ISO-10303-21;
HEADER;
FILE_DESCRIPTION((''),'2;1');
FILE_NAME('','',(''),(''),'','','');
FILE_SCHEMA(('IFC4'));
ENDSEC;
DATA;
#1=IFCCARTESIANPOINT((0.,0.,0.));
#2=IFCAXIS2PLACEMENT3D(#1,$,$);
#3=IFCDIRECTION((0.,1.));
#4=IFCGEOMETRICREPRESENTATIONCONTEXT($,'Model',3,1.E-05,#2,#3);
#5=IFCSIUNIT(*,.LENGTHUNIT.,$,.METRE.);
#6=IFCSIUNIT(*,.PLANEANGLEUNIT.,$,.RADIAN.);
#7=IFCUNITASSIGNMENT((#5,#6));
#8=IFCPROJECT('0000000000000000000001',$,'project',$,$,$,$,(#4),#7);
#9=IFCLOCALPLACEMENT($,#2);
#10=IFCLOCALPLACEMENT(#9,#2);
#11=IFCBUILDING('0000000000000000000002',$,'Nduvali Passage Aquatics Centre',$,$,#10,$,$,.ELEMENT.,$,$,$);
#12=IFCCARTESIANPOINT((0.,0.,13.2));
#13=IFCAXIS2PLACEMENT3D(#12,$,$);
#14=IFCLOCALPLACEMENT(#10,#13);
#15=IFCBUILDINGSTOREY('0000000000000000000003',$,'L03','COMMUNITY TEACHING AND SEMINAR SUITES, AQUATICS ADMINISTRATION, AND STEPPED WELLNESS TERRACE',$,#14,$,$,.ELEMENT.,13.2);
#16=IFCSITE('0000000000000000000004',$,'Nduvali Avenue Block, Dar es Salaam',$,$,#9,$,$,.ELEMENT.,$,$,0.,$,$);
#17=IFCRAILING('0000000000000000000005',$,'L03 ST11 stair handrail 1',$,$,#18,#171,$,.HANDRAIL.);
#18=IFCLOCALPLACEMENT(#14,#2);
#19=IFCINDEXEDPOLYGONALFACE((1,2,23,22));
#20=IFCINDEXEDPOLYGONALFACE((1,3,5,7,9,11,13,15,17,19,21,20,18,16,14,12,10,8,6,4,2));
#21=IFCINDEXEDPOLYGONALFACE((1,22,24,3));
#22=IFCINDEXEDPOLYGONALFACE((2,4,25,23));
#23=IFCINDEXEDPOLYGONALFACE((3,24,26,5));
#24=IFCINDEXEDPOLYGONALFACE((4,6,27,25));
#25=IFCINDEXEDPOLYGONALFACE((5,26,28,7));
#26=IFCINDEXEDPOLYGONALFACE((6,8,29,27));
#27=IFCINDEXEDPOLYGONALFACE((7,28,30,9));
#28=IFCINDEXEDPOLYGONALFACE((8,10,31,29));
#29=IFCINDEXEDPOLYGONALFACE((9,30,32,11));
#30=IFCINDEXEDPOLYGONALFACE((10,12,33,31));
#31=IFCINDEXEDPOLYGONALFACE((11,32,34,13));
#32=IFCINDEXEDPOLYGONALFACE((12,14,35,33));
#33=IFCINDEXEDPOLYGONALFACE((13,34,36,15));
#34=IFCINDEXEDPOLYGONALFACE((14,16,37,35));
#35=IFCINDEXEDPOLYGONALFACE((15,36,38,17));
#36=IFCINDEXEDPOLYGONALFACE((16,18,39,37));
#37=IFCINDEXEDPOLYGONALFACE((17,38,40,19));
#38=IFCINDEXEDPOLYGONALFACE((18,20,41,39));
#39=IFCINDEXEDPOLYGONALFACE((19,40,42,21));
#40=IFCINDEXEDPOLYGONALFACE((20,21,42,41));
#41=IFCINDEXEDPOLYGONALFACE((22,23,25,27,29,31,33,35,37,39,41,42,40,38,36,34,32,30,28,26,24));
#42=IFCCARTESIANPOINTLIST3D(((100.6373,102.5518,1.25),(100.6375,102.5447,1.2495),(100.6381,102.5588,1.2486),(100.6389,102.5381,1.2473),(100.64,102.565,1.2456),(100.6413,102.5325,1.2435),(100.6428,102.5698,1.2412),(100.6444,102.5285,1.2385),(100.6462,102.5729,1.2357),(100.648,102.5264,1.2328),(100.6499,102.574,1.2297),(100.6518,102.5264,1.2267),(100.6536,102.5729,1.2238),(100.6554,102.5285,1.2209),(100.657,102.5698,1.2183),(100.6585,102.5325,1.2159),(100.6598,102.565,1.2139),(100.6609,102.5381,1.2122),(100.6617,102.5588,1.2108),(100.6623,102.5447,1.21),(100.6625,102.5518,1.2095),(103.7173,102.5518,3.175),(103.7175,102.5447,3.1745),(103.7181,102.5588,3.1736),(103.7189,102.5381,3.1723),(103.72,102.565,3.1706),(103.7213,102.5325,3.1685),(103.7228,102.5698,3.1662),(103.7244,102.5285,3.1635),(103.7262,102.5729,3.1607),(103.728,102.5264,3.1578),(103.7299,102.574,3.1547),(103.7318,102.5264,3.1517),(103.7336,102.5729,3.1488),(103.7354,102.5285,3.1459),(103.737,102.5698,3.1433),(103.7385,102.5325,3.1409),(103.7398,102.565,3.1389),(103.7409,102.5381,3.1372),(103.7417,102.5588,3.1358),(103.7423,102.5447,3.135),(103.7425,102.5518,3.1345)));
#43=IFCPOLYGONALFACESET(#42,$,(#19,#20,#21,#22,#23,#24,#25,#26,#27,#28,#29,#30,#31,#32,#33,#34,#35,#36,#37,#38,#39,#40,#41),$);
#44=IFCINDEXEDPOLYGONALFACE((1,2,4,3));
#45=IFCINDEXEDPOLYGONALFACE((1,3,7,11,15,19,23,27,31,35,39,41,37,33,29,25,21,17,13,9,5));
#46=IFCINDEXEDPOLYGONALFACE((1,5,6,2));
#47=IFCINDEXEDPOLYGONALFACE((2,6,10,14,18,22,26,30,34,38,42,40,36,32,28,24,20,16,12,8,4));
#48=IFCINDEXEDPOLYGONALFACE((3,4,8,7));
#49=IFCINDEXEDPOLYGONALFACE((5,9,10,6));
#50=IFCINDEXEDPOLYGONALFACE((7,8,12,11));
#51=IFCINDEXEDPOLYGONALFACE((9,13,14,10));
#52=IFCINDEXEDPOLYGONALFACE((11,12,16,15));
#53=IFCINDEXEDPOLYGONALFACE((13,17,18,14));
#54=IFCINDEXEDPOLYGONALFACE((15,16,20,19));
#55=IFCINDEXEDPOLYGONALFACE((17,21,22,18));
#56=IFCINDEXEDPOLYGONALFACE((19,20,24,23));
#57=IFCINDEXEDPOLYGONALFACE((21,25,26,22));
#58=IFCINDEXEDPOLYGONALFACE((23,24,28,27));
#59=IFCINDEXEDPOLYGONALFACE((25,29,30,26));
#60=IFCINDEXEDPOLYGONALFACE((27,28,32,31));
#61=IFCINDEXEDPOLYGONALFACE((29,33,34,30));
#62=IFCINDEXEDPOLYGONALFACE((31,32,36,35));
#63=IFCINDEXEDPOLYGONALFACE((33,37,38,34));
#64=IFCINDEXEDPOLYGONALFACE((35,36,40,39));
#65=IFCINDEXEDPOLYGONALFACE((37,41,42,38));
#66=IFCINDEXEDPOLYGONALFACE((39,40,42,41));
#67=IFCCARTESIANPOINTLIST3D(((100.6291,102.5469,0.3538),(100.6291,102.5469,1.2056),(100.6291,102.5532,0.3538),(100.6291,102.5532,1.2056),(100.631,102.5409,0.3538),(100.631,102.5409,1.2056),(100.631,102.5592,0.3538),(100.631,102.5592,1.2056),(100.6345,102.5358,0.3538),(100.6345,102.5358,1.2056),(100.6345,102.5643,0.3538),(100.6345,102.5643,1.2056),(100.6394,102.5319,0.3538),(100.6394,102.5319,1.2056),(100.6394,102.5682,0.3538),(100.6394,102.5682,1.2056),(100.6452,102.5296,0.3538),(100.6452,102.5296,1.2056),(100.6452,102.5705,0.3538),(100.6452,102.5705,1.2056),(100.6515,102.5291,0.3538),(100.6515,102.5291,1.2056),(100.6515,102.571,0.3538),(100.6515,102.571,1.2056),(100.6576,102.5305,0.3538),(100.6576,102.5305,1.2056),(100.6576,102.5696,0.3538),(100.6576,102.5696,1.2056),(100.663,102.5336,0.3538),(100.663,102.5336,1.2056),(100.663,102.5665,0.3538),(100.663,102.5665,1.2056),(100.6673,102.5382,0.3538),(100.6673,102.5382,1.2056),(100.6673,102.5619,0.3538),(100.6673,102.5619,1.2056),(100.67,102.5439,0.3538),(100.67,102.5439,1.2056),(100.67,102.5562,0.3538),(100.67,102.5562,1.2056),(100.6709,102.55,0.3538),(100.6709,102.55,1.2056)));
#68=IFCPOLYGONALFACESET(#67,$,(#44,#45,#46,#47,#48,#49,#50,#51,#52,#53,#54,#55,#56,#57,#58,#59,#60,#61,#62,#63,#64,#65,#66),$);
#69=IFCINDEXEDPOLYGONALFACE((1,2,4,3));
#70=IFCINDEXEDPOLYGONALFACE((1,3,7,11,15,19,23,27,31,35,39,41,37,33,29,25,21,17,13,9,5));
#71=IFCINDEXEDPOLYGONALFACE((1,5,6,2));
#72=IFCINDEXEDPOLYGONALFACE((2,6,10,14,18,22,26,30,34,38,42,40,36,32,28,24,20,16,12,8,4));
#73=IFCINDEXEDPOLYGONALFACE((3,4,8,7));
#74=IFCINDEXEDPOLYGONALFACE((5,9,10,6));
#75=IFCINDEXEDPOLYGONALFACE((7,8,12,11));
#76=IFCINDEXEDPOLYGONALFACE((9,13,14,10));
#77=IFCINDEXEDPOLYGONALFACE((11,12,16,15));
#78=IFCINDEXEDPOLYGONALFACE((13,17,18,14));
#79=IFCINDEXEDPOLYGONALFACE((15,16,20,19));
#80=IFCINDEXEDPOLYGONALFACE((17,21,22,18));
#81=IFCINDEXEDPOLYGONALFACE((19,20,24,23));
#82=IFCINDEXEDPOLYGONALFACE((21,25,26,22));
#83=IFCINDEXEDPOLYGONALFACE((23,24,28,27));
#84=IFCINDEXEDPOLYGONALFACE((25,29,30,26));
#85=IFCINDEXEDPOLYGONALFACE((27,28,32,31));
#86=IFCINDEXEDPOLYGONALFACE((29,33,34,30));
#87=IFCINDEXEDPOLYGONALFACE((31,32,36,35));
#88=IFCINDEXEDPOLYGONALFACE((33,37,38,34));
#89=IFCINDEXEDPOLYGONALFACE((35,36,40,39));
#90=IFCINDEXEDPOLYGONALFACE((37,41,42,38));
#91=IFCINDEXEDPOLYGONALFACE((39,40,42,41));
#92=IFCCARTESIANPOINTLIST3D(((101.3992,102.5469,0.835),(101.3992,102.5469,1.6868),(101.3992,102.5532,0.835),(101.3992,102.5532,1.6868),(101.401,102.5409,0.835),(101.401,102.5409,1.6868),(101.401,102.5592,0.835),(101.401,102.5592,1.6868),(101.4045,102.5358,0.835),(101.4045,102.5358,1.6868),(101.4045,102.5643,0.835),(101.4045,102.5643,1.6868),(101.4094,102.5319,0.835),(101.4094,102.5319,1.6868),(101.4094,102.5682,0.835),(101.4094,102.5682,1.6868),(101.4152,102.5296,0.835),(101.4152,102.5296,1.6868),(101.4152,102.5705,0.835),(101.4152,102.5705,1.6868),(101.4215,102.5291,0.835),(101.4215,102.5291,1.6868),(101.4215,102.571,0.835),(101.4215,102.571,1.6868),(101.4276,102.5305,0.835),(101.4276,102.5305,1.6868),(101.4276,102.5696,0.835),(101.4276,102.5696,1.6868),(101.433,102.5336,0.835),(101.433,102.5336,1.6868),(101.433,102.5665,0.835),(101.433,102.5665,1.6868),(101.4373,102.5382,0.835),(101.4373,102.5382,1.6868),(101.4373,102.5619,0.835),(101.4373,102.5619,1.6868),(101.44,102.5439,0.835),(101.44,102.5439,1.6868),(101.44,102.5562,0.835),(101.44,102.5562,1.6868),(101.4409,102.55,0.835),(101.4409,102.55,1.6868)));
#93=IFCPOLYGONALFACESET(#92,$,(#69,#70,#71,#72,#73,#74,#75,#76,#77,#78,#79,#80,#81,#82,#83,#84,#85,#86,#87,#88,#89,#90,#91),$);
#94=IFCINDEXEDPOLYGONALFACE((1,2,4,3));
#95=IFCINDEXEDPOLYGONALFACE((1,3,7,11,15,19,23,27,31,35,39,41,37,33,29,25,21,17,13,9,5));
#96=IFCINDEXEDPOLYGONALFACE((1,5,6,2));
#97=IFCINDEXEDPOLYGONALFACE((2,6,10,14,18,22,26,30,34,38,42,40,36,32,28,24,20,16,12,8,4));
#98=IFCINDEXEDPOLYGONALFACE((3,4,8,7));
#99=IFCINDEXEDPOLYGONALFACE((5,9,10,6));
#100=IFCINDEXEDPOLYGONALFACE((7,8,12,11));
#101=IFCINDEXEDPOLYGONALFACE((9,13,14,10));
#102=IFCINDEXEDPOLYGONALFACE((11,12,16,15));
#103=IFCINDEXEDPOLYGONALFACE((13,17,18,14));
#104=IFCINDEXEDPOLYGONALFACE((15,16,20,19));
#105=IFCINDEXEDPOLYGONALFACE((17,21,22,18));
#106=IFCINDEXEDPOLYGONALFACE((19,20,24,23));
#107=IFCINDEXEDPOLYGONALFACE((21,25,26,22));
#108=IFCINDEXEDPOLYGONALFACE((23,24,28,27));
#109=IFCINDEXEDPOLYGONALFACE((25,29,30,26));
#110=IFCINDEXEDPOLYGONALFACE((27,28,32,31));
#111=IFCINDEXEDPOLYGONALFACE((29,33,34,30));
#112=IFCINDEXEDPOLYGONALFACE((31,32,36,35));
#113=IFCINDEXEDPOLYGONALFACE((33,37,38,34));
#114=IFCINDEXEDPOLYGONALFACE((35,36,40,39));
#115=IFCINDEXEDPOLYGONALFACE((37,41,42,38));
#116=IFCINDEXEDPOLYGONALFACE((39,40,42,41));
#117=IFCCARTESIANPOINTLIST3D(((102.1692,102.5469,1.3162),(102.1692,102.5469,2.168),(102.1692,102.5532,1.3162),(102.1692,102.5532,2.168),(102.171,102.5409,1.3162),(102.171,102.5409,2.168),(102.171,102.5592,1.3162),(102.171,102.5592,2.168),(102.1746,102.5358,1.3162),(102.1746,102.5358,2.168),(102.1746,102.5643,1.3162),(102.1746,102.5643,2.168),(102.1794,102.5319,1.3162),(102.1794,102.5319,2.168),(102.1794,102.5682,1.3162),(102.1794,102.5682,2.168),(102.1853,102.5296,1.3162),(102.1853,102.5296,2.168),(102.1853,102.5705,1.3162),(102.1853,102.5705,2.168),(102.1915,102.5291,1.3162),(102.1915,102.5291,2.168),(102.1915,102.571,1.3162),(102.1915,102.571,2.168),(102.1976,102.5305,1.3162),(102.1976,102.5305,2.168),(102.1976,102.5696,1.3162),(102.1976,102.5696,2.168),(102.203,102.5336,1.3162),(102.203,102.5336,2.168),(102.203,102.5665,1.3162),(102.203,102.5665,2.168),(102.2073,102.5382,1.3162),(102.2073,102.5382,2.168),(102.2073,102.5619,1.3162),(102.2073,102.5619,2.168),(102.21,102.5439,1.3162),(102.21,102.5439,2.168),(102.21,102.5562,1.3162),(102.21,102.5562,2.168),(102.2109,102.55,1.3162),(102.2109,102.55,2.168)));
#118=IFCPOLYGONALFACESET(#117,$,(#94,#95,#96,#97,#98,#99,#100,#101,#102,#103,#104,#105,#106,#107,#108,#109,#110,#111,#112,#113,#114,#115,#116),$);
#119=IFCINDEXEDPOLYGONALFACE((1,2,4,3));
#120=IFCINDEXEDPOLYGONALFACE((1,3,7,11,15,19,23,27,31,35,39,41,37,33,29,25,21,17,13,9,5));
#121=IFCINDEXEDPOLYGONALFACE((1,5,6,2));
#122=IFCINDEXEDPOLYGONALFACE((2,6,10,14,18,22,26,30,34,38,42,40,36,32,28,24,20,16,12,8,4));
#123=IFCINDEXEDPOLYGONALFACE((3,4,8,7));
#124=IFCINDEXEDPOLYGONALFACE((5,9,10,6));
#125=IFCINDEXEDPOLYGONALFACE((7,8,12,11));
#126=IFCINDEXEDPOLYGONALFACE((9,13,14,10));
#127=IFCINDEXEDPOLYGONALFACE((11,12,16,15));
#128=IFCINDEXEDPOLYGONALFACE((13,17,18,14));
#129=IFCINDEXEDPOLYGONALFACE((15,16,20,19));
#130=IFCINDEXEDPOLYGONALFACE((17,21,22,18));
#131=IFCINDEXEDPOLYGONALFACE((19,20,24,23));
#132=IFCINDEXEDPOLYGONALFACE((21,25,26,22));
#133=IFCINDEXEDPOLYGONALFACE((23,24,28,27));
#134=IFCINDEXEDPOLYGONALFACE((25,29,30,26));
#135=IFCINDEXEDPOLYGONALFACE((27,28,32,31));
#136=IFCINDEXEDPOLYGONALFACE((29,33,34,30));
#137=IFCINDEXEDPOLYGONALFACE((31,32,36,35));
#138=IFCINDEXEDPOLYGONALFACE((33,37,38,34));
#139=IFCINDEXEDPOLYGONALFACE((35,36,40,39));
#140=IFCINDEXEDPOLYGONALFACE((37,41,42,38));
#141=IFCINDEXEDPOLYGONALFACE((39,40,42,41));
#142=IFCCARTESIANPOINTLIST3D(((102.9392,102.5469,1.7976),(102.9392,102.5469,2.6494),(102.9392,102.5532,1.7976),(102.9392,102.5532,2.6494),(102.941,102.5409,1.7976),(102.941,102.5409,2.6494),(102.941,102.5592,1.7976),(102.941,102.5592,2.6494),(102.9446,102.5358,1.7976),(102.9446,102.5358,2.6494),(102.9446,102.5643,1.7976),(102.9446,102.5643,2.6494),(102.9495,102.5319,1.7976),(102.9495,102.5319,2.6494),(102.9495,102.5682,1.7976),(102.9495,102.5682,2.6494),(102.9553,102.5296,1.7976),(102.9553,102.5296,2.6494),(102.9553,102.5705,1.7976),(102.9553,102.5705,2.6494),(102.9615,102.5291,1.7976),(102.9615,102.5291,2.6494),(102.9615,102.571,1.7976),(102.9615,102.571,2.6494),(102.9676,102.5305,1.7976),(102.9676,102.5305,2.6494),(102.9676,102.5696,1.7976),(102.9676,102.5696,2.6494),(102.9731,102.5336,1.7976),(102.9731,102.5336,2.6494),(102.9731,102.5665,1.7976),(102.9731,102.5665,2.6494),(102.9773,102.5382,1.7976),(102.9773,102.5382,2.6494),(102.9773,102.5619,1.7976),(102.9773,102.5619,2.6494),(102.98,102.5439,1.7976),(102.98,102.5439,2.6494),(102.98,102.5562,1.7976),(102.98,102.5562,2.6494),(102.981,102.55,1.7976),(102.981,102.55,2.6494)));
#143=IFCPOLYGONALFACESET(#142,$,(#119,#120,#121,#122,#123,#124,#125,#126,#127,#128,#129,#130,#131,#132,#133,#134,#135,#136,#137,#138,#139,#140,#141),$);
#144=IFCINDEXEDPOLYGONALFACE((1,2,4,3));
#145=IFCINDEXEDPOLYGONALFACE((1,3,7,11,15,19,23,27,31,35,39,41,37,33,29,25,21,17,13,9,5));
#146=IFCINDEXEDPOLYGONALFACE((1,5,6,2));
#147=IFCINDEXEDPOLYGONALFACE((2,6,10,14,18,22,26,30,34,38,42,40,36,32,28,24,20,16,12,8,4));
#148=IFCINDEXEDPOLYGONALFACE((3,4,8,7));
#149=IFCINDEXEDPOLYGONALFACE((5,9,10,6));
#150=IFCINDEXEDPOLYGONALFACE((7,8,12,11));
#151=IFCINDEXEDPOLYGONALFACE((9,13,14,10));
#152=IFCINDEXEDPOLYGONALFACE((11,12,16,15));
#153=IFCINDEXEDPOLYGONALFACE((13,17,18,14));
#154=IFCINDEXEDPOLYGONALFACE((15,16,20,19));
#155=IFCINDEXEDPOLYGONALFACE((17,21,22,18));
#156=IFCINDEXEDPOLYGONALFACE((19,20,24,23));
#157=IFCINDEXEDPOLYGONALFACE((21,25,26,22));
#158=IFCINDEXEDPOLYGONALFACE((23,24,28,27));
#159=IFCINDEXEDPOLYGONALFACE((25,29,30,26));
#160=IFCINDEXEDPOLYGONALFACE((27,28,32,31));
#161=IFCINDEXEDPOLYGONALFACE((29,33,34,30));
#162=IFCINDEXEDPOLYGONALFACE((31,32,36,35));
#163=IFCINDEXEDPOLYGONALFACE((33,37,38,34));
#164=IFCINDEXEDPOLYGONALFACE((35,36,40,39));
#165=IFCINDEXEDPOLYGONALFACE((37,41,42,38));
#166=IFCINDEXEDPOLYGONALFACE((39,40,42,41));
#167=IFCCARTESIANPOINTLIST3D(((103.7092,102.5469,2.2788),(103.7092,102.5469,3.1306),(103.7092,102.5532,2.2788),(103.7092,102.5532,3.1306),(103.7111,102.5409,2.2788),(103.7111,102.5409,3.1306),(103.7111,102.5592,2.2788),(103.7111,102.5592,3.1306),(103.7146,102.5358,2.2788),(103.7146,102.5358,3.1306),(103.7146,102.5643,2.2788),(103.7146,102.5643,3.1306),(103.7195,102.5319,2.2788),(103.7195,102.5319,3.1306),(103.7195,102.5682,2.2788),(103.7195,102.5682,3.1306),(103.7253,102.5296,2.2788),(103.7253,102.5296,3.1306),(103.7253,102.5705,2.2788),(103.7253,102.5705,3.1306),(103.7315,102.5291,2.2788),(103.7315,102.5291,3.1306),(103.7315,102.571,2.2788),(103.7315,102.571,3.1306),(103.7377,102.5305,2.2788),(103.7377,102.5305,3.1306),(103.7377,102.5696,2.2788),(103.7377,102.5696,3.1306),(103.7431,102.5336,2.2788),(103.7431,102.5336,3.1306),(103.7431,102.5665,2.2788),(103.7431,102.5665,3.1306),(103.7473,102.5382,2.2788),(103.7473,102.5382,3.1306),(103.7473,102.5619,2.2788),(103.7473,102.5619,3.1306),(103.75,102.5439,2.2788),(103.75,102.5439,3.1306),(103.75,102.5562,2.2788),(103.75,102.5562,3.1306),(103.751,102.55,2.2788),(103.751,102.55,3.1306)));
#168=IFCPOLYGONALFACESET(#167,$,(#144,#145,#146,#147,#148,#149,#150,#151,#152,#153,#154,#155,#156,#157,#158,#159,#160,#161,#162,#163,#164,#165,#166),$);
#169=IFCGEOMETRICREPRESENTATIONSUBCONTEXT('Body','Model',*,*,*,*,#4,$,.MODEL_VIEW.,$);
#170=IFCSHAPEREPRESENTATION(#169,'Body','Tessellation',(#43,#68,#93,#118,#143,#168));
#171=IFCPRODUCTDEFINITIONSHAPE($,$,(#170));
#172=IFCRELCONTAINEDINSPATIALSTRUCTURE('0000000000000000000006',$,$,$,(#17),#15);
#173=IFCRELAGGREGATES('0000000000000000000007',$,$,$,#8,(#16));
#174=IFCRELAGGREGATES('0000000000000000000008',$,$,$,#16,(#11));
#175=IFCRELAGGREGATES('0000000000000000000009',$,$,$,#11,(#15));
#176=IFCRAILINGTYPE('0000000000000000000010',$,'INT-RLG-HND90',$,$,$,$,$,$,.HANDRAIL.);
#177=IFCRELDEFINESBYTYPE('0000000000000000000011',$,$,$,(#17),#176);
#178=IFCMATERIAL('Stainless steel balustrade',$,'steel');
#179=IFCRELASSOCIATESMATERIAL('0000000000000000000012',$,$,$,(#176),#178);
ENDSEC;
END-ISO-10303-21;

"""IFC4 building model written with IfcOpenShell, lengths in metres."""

from ifc_helpers import new_model, si_unit, direction, frame, origin, origin_2d, place, context, subcontext, project, spatial, circle, extrude, material, type_object, element, save


model = new_model("IFC4")

# Units and contexts
model_context = context("Model", 3, precision=1e-05, world=origin(), true_north=direction((0.0, 1.0)))
body_context = subcontext(model_context, "Body", "Model", "MODEL_VIEW")
ifc_project = project(units=[si_unit("LENGTHUNIT", "METRE"), si_unit("PLANEANGLEUNIT", "RADIAN")], contexts=[model_context])

# Site, building, storey
site_placement = place(None, origin())
site = spatial("IfcSite", under=ifc_project, at=site_placement, Name="Nduvali Avenue Block, Dar es Salaam", CompositionType="ELEMENT", RefElevation=0.0)
building_placement = place(site_placement, origin())
building = spatial("IfcBuilding", under=site, at=building_placement, Name="Nduvali Passage Aquatics Centre", CompositionType="ELEMENT")
storey_placement = place(building_placement, frame((0.0, 0.0, 13.2)))
storey = spatial("IfcBuildingStorey", under=building, at=storey_placement, Name="L03", Description="COMMUNITY TEACHING AND SEMINAR SUITES, AQUATICS ADMINISTRATION, AND STEPPED WELLNESS TERRACE", CompositionType="ELEMENT", Elevation=13.2)

# Railing
ifc_material_1 = material(Name="Stainless steel balustrade", Category="steel")
railing_type_1 = type_object("IfcRailingType", Name="INT-RLG-HND90", PredefinedType="HANDRAIL", material=ifc_material_1)
railing_1_placement = place(storey_placement, frame((100.6499, 102.55, 0.3538)))
element("IfcRailing", 1, at=railing_1_placement, inside=storey, type_object=railing_type_1, Name="L03 ST11 stair handrail 1", PredefinedType="HANDRAIL", context=body_context, shape_type="SweptSolid", body=[
    extrude(circle(Radius=0.0239, at=origin_2d()), frame((0.0, 0.0, 0.876), z_axis=(0.847998, 0.0, 0.529999), x_axis=(0.0, 1.0, 0.0)), (0.0, 0.0, 1.0), 3.6321),
    extrude(circle(Radius=0.021, at=origin_2d()), origin(), (0.0, 0.0, 1.0), 0.8518),
    extrude(circle(Radius=0.021, at=origin_2d()), frame((0.77, 0.0, 0.4812)), (0.0, 0.0, 1.0), 0.8518),
    extrude(circle(Radius=0.021, at=origin_2d()), frame((1.54, 0.0, 0.9624)), (0.0, 0.0, 1.0), 0.8518),
    extrude(circle(Radius=0.021, at=origin_2d()), frame((2.3101, 0.0, 1.4438)), (0.0, 0.0, 1.0), 0.8518),
    extrude(circle(Radius=0.021, at=origin_2d()), frame((3.0801, 0.0, 1.925)), (0.0, 0.0, 1.0), 0.8518),
])

save(model, "model.ifc")
